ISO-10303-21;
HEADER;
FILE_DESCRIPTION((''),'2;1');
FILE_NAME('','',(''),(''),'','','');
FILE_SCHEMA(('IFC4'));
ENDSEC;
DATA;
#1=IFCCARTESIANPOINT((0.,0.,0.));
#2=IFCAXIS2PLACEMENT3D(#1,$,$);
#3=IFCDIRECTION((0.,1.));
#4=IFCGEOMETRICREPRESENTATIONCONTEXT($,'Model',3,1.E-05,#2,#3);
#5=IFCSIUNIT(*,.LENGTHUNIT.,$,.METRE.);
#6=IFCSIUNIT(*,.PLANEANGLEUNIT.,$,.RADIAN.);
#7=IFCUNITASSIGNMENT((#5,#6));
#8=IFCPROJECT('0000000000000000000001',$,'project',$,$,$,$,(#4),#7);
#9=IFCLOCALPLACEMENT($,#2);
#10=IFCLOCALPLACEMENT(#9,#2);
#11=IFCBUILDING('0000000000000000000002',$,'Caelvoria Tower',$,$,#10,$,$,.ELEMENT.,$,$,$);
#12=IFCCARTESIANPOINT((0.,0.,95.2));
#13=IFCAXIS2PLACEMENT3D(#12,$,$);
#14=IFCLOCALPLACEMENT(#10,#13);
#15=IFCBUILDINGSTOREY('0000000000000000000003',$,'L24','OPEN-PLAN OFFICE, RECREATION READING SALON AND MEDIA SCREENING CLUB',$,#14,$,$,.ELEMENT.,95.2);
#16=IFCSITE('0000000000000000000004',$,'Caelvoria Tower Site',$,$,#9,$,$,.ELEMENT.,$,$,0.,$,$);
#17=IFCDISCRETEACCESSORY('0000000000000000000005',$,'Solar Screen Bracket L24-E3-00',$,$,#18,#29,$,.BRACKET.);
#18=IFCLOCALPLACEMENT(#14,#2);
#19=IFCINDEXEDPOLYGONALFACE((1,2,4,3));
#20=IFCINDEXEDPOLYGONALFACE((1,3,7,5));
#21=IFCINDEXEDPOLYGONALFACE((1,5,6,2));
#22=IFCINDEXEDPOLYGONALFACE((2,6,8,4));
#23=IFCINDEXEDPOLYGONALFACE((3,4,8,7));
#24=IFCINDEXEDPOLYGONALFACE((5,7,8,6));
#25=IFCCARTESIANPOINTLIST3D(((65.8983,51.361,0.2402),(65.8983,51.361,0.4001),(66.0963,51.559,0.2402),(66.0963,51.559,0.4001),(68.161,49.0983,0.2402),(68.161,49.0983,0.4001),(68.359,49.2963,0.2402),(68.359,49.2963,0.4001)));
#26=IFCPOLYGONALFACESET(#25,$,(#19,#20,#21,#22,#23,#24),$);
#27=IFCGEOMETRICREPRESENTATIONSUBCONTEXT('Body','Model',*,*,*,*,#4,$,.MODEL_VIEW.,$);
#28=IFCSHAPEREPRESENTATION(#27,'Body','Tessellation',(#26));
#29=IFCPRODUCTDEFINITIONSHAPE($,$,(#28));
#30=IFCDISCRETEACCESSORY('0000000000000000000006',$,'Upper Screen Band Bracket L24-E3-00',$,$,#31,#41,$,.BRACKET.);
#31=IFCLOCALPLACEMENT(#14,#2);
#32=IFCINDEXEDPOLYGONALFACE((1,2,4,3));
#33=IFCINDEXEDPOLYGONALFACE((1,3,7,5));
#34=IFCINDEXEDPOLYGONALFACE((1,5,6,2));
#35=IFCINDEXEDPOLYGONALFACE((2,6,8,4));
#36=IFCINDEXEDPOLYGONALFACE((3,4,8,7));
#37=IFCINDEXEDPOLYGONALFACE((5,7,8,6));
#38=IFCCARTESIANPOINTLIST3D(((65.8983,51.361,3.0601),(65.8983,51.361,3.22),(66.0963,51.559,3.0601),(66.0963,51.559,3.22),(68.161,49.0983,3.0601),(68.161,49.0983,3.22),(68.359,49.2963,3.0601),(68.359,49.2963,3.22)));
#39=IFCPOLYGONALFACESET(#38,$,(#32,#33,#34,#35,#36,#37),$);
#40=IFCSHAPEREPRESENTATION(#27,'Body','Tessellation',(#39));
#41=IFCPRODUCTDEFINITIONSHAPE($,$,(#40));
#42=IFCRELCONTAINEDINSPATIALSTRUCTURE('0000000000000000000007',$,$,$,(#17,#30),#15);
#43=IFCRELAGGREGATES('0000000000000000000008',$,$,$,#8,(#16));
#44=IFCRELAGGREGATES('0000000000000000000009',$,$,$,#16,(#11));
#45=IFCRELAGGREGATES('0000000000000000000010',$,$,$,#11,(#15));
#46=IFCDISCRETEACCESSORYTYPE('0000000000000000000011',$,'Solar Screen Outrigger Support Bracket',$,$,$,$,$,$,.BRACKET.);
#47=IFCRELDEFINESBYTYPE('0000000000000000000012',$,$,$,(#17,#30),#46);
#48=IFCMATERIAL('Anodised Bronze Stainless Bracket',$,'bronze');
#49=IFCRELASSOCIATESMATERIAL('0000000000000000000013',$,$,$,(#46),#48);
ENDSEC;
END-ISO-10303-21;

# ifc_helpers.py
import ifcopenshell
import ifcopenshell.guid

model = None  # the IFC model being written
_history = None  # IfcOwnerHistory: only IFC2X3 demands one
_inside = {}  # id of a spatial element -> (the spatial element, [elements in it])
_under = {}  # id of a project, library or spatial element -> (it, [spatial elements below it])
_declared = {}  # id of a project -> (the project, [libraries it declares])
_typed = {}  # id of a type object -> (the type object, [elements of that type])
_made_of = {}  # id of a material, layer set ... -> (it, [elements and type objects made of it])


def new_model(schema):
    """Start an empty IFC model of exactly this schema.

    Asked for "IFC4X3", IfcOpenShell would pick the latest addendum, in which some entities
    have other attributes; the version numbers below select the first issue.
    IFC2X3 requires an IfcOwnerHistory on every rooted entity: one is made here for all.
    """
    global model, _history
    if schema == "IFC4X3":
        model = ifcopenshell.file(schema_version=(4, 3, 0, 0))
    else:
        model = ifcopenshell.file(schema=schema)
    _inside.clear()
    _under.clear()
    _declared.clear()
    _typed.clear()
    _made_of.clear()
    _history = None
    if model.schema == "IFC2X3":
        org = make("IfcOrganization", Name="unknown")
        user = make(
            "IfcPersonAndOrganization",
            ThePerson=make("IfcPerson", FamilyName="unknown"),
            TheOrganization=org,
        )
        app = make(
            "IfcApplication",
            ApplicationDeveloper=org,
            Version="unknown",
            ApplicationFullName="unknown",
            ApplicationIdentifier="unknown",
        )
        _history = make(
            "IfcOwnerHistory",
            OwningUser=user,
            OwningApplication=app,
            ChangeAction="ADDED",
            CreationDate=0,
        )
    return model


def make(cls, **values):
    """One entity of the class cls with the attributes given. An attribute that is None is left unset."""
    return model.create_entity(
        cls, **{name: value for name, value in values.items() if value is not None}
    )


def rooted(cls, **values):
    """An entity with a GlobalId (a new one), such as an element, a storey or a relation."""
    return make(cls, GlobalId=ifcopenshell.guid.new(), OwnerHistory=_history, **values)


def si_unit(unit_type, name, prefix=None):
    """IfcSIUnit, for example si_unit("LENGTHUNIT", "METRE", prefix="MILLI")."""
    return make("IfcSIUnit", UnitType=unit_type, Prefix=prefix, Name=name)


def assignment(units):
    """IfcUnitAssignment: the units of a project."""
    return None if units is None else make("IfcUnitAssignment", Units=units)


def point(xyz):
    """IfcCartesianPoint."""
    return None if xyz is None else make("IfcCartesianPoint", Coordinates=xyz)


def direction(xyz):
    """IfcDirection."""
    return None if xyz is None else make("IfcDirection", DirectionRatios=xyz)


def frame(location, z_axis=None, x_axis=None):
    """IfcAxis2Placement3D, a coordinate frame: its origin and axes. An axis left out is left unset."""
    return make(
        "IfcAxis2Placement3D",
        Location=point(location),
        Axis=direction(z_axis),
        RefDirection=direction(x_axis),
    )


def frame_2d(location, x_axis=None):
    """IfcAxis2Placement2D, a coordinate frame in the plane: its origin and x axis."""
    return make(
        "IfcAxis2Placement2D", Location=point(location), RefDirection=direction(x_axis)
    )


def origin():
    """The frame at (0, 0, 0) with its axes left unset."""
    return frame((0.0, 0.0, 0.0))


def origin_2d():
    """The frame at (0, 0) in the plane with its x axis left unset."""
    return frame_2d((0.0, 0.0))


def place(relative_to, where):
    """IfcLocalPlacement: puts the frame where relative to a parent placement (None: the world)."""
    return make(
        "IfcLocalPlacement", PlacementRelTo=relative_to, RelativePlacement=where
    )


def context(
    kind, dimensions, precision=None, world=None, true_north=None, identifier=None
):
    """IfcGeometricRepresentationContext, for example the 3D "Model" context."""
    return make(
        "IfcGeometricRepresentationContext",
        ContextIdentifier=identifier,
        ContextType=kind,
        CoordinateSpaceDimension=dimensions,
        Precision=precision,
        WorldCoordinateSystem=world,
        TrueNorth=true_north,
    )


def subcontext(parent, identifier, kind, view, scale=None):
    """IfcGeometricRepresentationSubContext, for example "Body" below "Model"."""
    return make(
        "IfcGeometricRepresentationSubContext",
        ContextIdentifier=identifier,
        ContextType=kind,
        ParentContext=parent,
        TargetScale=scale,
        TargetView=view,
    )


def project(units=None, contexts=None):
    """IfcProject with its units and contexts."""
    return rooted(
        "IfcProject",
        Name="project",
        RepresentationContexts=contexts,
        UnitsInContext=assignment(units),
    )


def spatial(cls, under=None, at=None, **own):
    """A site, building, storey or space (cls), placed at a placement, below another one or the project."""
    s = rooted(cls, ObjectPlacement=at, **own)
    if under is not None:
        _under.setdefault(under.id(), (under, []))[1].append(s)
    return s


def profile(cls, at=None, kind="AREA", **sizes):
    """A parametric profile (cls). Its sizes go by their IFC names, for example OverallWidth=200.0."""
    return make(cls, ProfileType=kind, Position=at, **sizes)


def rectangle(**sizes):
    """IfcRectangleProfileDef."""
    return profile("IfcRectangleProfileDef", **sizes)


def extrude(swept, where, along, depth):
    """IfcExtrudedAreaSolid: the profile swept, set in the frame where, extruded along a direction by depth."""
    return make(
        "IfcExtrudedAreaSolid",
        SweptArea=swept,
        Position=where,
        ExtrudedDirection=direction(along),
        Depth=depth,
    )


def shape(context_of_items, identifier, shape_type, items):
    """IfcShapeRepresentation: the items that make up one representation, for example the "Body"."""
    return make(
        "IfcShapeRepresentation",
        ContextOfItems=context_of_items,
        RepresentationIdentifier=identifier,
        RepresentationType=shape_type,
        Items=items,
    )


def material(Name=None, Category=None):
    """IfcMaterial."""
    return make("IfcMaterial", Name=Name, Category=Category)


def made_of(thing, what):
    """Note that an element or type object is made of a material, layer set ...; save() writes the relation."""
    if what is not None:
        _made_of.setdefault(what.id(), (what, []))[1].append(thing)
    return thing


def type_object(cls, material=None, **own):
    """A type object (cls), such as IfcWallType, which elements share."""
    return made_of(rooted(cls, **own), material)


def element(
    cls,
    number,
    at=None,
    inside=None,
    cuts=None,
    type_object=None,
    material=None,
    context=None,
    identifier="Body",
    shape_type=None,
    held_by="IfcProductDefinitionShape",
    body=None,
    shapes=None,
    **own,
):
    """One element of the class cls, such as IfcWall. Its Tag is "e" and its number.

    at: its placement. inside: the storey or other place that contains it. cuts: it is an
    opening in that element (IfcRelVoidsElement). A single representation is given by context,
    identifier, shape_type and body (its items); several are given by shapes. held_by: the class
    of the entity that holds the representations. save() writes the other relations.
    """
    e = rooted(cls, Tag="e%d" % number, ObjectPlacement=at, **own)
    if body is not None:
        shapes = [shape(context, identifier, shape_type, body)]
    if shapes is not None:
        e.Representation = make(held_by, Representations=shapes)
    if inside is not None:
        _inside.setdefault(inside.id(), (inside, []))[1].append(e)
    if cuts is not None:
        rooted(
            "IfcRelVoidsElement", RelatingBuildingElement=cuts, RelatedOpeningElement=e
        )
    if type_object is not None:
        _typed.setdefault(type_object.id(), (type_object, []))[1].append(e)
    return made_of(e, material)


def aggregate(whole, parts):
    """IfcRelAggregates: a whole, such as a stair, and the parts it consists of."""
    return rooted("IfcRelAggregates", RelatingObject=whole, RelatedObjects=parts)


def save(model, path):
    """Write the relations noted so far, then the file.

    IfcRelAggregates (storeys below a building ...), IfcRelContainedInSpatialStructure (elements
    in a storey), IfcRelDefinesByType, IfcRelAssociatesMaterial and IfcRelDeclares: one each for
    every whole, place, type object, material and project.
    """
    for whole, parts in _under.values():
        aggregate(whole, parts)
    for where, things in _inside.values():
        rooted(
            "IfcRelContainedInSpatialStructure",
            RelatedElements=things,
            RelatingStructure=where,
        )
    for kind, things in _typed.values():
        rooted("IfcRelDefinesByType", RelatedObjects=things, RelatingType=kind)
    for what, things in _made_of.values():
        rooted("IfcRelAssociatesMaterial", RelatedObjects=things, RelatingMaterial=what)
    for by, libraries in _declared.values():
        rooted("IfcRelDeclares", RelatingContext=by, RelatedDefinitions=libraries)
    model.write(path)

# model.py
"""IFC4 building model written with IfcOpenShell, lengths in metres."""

from ifc_helpers import new_model, si_unit, direction, frame, origin, origin_2d, place, context, subcontext, project, spatial, rectangle, extrude, material, type_object, element, save


model = new_model("IFC4")

# Units and contexts
model_context = context("Model", 3, precision=1e-05, world=origin(), true_north=direction((0.0, 1.0)))
body_context = subcontext(model_context, "Body", "Model", "MODEL_VIEW")
ifc_project = project(units=[si_unit("LENGTHUNIT", "METRE"), si_unit("PLANEANGLEUNIT", "RADIAN")], contexts=[model_context])

# Site, building, storey
site_placement = place(None, origin())
site = spatial("IfcSite", under=ifc_project, at=site_placement, Name="Caelvoria Tower Site", CompositionType="ELEMENT", RefElevation=0.0)
building_placement = place(site_placement, origin())
building = spatial("IfcBuilding", under=site, at=building_placement, Name="Caelvoria Tower", CompositionType="ELEMENT")
storey_placement = place(building_placement, frame((0.0, 0.0, 95.2)))
storey = spatial("IfcBuildingStorey", under=building, at=storey_placement, Name="L24", Description="OPEN-PLAN OFFICE, RECREATION READING SALON AND MEDIA SCREENING CLUB", CompositionType="ELEMENT", Elevation=95.2)

# Discrete accessories
ifc_material_1 = material(Name="Anodised Bronze Stainless Bracket", Category="bronze")
discrete_accessory_type = type_object("IfcDiscreteAccessoryType", Name="Solar Screen Outrigger Support Bracket", PredefinedType="BRACKET", material=ifc_material_1)
for number, where, z_axis, x_axis, name in (
    (1, (67.1287, 50.3286, 0.2402), (0.0, 0.0, 1.0), (-0.707107, 0.707107, 0.0), "Solar Screen Bracket L24-E3-00"),
    (2, (67.1287, 50.3286, 3.0601), (0.0, 0.0, 1.0), (-0.707107, 0.707107, 0.0), "Upper Screen Band Bracket L24-E3-00"),
):
    element("IfcDiscreteAccessory", number, at=place(storey_placement, frame(where, z_axis=z_axis, x_axis=x_axis)), inside=storey, type_object=discrete_accessory_type, Name=name, PredefinedType="BRACKET", context=body_context, shape_type="SweptSolid", body=[
        extrude(rectangle(XDim=3.2, YDim=0.28, at=origin_2d()), origin(), (0.0, 0.0, 1.0), 0.1599),
    ])

save(model, "model.ifc")
